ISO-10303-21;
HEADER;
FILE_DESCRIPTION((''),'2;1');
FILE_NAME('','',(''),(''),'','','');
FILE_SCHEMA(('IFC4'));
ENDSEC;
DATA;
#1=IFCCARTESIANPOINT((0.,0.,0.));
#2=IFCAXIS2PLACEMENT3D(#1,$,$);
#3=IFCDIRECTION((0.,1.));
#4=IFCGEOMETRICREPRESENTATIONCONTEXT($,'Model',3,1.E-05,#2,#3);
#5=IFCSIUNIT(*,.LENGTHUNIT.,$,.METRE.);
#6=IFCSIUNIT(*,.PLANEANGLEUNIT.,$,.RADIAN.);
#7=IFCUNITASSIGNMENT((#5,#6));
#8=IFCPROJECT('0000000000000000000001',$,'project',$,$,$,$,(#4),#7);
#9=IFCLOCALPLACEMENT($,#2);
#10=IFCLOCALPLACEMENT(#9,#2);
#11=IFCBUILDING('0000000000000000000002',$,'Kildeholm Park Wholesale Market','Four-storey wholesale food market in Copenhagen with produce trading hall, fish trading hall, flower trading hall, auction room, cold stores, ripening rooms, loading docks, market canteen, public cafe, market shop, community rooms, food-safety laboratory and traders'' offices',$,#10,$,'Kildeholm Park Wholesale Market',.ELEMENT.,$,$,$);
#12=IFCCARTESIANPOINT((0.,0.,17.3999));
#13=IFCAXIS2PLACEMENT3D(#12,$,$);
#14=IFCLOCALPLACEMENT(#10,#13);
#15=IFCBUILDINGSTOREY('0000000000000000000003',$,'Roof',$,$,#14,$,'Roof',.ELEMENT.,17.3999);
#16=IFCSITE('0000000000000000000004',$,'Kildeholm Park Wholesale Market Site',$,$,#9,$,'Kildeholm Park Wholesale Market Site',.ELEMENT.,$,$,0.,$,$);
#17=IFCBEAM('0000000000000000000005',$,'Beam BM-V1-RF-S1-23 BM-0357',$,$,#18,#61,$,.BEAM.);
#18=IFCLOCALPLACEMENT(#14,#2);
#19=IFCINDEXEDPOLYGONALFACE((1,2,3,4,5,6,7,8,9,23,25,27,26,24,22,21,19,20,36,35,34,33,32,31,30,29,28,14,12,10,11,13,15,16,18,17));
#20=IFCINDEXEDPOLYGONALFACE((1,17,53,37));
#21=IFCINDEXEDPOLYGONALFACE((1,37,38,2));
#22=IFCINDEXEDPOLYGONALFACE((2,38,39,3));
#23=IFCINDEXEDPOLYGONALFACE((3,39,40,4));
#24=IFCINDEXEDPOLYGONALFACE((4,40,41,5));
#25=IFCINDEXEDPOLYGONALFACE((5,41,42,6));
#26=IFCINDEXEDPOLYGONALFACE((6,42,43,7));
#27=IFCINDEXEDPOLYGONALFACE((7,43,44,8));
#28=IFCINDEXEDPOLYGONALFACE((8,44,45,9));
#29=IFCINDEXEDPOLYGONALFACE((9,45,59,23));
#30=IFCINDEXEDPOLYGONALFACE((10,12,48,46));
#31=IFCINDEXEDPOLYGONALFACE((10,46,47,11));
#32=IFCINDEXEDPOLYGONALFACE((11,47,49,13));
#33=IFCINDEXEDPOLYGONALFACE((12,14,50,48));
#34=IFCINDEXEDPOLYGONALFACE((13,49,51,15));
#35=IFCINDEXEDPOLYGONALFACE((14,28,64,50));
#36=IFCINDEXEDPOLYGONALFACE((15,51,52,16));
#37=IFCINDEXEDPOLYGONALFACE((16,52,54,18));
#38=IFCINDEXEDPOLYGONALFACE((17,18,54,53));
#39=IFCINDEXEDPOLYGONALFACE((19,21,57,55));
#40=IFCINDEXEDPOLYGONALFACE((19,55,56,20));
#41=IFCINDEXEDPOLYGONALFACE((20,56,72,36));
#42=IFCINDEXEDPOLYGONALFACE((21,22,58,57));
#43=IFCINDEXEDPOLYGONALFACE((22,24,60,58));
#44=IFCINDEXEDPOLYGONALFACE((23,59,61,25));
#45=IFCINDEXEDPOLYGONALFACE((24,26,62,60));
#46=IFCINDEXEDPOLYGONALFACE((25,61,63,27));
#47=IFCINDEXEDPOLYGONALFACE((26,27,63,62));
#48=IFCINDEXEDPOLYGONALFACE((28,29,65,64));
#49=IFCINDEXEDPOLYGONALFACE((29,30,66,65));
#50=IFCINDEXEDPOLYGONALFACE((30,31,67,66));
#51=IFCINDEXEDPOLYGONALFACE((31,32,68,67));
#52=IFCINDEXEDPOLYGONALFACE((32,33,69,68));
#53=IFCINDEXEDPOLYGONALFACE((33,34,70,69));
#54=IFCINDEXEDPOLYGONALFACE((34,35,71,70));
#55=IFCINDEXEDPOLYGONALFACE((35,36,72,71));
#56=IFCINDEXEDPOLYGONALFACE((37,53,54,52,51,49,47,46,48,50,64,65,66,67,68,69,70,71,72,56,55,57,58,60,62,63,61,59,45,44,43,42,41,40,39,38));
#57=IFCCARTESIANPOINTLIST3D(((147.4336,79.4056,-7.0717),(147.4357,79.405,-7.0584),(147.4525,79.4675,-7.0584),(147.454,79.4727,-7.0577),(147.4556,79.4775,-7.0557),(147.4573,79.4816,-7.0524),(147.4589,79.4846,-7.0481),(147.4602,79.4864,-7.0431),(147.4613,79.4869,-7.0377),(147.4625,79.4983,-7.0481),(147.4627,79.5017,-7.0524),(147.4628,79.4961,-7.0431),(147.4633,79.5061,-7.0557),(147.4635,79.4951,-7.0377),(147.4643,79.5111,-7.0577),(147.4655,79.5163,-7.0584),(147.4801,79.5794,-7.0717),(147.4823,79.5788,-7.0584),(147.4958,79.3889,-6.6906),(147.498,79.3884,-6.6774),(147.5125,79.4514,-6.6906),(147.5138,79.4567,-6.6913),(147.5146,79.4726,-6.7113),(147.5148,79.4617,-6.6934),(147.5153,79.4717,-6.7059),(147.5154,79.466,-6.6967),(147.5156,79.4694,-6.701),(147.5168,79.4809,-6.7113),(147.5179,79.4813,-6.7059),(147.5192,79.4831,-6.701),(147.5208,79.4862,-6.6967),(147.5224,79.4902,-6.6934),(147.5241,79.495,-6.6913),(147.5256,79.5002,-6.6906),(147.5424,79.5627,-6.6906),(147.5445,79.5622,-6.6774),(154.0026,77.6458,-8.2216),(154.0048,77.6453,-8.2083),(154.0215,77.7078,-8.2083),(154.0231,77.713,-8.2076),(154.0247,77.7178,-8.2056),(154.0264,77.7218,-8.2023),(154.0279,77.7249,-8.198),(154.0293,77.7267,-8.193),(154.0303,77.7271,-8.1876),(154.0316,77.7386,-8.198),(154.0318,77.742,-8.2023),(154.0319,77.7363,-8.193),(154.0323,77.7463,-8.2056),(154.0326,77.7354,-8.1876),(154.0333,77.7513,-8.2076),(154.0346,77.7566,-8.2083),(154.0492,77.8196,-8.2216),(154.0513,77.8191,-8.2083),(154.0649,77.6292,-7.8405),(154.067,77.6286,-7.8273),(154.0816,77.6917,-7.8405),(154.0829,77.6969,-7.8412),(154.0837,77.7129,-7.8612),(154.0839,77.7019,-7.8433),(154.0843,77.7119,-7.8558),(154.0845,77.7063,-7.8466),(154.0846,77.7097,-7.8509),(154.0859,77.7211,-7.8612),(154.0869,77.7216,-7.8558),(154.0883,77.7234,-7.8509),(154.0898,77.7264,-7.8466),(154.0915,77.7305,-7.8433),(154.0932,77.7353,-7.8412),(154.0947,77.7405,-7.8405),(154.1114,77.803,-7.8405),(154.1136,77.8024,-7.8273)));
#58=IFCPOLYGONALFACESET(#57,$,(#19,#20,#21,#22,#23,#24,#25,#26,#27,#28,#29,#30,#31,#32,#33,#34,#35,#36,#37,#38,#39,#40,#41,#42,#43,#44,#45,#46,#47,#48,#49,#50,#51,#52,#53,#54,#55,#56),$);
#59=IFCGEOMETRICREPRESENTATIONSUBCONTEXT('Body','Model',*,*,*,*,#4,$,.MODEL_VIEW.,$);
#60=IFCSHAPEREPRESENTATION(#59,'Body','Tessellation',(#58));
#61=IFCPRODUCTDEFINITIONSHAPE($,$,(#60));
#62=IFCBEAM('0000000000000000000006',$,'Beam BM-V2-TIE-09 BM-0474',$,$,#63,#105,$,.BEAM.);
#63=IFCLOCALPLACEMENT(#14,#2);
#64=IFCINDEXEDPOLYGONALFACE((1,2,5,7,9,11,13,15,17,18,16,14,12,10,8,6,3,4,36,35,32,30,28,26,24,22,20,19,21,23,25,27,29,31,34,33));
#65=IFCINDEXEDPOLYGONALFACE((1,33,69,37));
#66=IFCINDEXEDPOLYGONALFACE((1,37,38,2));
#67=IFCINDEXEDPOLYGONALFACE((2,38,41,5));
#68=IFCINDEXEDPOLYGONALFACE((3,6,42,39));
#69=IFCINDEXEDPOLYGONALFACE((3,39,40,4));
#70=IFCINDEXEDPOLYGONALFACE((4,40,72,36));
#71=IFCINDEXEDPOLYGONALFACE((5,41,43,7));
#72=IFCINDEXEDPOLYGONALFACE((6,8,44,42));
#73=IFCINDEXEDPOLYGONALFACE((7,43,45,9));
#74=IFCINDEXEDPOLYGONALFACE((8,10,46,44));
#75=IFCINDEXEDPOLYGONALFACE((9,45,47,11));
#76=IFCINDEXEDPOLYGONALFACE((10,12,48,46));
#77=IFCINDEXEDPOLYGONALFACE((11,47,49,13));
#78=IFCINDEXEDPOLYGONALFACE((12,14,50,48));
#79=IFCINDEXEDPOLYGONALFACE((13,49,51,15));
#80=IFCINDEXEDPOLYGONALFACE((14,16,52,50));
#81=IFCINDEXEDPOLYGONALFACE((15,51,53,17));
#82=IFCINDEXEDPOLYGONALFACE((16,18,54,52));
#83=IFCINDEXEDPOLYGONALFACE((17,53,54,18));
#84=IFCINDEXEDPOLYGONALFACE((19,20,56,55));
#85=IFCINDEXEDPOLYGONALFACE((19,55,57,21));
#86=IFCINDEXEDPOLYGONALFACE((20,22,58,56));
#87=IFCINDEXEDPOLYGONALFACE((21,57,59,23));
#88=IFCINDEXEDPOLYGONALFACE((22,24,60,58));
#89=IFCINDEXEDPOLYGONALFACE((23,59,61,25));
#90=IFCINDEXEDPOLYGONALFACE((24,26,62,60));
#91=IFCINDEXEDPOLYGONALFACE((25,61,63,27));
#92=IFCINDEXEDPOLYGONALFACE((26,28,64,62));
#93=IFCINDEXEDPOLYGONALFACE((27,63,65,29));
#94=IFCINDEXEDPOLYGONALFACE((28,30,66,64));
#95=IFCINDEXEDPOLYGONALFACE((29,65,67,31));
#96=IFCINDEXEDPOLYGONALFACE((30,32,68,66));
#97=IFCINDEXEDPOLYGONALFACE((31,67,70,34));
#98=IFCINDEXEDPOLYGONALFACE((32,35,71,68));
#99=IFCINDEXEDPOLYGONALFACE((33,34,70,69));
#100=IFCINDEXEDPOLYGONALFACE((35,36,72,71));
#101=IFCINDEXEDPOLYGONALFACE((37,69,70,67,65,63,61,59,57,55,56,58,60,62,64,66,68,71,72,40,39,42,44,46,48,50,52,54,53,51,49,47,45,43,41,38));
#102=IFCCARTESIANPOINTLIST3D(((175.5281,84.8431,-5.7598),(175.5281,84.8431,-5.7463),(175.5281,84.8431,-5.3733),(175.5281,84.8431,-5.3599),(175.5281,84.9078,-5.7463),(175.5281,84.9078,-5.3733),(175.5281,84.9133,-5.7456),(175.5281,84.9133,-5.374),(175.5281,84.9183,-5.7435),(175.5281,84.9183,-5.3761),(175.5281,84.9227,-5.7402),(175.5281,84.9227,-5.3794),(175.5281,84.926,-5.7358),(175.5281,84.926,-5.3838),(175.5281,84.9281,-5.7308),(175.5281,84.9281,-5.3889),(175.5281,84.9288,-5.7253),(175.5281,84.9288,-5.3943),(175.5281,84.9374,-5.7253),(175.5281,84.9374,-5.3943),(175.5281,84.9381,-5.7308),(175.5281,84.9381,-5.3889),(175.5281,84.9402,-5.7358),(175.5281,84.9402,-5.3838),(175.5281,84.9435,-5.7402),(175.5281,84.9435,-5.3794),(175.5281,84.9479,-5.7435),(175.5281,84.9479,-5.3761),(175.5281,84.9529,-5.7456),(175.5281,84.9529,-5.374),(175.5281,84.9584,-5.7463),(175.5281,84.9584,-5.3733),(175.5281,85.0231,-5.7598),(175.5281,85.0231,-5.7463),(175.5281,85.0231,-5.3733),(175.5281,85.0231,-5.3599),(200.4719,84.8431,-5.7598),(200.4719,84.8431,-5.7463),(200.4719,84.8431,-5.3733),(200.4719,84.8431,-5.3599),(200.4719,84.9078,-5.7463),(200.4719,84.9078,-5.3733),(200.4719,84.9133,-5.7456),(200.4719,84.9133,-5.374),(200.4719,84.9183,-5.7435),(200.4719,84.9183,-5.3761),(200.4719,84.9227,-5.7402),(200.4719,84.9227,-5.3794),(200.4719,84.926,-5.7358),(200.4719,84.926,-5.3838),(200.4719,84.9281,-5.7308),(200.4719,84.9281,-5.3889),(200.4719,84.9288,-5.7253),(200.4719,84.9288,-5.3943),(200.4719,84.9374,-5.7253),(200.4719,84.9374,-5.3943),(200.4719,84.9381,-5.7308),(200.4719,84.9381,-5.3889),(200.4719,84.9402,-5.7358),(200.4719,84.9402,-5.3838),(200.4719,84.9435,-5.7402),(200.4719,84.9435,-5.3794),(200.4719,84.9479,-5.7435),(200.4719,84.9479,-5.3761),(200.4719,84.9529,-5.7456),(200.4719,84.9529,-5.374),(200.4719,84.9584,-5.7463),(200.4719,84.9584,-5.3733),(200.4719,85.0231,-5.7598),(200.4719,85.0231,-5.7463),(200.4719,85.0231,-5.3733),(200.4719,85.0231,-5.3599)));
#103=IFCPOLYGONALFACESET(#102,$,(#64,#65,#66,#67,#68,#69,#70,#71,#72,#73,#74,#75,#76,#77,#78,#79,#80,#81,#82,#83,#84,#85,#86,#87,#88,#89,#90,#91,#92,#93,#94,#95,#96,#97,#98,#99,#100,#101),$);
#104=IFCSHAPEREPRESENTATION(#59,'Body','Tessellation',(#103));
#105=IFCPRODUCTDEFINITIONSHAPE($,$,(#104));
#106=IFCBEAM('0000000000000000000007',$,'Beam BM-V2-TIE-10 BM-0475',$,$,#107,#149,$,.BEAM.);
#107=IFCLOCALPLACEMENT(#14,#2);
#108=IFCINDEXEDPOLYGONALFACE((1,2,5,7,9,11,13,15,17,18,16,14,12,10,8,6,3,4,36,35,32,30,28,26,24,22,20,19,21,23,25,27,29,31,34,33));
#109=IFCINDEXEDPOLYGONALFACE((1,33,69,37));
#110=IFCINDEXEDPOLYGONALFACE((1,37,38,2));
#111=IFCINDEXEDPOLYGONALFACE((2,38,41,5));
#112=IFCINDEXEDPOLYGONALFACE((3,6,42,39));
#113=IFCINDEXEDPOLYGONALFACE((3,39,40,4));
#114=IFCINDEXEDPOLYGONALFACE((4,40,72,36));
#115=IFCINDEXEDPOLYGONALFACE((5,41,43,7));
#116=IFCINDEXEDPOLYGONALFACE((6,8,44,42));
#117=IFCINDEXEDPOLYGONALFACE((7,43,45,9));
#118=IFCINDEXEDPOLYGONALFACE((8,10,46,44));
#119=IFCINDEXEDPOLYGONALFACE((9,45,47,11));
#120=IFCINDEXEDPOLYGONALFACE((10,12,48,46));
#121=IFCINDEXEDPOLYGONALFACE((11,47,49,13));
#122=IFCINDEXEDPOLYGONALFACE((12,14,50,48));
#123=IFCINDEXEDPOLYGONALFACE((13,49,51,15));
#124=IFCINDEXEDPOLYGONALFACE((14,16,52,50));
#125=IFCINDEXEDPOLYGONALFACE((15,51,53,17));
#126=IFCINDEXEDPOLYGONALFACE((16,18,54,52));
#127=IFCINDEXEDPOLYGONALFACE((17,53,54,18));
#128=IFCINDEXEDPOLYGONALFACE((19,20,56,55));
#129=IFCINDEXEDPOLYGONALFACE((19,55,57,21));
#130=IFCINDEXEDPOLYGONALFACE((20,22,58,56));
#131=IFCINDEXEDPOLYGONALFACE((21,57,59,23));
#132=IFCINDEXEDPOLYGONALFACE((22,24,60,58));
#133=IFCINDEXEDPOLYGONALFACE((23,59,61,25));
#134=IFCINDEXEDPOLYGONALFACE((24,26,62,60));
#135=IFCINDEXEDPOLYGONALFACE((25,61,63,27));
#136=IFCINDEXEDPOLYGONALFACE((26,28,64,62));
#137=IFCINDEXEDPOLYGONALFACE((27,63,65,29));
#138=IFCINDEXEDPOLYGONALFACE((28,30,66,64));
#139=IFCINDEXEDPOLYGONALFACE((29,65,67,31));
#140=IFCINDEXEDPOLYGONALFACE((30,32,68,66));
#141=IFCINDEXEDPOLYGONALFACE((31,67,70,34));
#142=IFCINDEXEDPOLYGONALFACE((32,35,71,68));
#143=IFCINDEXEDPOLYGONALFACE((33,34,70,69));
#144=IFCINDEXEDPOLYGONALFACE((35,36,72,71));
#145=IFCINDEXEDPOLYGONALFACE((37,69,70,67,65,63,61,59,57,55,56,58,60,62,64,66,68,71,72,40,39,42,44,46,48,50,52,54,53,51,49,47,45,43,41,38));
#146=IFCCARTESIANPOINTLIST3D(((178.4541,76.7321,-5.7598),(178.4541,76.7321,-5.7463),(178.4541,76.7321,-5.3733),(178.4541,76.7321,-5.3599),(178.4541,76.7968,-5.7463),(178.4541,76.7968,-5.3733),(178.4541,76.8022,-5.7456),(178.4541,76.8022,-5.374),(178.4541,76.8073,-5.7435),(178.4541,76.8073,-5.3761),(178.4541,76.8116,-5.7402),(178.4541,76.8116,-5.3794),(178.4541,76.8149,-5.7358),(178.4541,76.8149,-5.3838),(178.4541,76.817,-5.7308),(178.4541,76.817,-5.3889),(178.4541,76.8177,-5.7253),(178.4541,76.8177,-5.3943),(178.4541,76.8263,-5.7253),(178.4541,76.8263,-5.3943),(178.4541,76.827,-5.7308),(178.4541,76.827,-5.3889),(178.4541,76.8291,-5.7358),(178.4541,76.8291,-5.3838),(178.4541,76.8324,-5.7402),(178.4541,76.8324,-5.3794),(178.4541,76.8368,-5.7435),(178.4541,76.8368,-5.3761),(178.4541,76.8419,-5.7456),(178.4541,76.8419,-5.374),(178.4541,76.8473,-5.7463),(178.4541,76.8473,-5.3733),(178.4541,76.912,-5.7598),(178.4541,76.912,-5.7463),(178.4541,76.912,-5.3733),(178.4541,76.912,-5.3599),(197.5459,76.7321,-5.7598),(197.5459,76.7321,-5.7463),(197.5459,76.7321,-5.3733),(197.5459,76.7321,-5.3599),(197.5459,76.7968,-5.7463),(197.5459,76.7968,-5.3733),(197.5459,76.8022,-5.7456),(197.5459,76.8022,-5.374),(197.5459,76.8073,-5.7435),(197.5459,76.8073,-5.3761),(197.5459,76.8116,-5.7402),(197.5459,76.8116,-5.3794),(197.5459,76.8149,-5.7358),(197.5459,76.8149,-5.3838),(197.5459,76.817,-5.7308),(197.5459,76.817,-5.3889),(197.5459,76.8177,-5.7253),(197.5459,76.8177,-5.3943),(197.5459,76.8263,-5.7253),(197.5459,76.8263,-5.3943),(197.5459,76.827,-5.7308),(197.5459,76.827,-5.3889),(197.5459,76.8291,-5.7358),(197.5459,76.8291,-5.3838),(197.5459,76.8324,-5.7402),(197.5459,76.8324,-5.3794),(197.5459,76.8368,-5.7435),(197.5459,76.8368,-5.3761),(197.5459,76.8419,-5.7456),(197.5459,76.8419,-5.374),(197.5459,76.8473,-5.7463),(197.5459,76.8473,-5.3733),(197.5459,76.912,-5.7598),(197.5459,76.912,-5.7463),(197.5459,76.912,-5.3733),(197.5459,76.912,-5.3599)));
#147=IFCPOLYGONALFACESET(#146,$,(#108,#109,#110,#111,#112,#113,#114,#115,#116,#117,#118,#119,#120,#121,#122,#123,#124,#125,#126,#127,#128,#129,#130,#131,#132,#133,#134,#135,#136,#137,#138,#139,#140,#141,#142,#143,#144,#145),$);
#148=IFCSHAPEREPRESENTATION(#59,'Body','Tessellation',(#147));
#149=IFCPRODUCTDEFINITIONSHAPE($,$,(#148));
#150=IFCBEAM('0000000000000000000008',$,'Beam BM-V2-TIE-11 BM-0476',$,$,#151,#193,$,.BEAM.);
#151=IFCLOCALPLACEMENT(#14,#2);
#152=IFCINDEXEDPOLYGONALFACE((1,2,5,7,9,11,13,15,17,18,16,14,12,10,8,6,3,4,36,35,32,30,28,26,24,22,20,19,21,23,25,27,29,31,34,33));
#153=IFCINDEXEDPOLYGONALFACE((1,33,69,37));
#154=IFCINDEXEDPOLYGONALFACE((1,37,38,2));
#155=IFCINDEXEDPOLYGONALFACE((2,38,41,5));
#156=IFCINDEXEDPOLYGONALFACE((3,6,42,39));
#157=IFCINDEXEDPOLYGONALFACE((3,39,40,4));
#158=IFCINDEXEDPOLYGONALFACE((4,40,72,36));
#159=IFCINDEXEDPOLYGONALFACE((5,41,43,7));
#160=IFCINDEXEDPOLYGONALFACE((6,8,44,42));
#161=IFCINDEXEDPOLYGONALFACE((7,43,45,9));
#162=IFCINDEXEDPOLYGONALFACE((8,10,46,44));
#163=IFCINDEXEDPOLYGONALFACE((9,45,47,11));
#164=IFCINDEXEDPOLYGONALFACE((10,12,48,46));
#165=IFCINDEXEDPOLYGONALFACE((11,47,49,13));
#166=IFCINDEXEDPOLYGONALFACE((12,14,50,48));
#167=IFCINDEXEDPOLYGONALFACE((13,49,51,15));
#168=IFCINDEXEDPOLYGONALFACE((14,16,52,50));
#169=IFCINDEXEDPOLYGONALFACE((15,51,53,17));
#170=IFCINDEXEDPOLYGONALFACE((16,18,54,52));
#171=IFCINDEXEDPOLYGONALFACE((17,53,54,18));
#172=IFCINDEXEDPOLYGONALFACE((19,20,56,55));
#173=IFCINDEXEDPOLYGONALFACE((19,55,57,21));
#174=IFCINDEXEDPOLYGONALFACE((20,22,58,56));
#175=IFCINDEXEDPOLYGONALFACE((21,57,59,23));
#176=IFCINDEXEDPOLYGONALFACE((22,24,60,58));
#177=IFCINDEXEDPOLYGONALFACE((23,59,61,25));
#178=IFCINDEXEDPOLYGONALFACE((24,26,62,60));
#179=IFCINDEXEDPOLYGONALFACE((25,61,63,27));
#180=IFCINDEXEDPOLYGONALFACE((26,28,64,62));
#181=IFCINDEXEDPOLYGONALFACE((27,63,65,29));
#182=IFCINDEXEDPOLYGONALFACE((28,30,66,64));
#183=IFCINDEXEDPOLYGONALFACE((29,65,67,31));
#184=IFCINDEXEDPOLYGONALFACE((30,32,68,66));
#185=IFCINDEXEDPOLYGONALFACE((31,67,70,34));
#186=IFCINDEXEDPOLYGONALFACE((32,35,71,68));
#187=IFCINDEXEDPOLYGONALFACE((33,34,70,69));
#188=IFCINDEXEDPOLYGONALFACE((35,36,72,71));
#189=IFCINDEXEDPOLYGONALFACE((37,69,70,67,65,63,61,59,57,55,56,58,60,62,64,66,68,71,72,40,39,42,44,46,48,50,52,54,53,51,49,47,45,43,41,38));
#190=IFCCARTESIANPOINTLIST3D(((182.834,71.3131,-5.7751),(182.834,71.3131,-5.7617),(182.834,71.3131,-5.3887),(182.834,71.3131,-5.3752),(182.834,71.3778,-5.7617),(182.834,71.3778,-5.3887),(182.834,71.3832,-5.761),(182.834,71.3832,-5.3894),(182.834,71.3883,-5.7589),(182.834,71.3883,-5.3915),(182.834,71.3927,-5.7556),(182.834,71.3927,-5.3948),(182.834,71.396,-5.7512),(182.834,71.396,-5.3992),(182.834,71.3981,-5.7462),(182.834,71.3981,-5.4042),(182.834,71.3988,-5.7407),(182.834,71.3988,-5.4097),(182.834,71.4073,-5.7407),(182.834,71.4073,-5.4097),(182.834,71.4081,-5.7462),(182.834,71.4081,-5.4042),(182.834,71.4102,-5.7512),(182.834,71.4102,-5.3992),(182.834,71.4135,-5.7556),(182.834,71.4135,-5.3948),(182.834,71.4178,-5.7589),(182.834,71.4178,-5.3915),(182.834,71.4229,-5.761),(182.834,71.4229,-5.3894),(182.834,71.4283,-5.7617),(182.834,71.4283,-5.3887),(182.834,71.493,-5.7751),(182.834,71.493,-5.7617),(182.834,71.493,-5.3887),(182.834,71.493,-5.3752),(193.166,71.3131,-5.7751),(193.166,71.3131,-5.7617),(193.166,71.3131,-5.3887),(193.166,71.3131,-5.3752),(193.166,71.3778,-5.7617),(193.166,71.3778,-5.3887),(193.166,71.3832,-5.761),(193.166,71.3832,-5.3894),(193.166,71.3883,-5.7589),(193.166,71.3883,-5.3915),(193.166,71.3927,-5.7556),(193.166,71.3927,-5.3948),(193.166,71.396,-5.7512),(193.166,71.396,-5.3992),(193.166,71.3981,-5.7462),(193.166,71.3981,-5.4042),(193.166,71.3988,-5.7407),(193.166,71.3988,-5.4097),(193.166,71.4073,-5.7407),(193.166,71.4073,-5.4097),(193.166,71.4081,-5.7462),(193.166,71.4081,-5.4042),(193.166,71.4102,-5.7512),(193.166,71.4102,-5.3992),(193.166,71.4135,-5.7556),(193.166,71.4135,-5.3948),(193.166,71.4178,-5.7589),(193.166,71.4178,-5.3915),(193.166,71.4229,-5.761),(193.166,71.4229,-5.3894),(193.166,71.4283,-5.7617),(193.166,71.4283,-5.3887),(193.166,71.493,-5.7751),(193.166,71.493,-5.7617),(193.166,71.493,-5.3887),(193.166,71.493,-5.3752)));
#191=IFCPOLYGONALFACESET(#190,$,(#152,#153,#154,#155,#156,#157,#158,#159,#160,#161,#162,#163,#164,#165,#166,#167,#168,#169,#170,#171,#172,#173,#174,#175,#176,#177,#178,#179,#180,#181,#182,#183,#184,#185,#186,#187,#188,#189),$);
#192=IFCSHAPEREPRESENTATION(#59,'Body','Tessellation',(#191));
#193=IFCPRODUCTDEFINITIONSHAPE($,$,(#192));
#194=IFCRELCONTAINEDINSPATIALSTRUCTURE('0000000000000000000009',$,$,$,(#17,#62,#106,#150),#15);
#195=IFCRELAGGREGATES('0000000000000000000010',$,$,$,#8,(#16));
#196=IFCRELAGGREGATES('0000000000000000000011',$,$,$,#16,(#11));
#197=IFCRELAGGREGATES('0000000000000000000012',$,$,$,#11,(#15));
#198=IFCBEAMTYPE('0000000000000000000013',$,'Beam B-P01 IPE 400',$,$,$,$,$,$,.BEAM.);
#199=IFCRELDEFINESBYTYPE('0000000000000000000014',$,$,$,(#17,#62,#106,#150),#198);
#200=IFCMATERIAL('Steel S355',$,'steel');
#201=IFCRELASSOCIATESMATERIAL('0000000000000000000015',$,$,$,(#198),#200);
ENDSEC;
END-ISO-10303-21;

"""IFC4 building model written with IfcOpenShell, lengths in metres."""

from ifc_helpers import new_model, si_unit, direction, frame, origin, origin_2d, place, context, subcontext, project, spatial, i_section, extrude, material, material_profile, profile_set, type_object, element, save


model = new_model("IFC4")

# Units and contexts
model_context = context("Model", 3, precision=1e-05, world=origin(), true_north=direction((0.0, 1.0)))
body_context = subcontext(model_context, "Body", "Model", "MODEL_VIEW")
ifc_project = project(units=[si_unit("LENGTHUNIT", "METRE"), si_unit("PLANEANGLEUNIT", "RADIAN")], contexts=[model_context])

# Site, building, storey
site_placement = place(None, origin())
site = spatial("IfcSite", under=ifc_project, at=site_placement, Name="Kildeholm Park Wholesale Market Site", LongName="Kildeholm Park Wholesale Market Site", CompositionType="ELEMENT", RefElevation=0.0)
building_placement = place(site_placement, origin())
building = spatial("IfcBuilding", under=site, at=building_placement, Name="Kildeholm Park Wholesale Market", Description="Four-storey wholesale food market in Copenhagen with produce trading hall, fish trading hall, flower trading hall, auction room, cold stores, ripening rooms, loading docks, market canteen, public cafe, market shop, community rooms, food-safety laboratory and traders' offices", LongName="Kildeholm Park Wholesale Market", CompositionType="ELEMENT")
storey_placement = place(building_placement, frame((0.0, 0.0, 17.3999)))
storey = spatial("IfcBuildingStorey", under=building, at=storey_placement, Name="Roof", LongName="Roof", CompositionType="ELEMENT", Elevation=17.3999)

# Beams
ifc_material_1 = material(Name="Steel S355", Category="steel")
ifc_material_profile_1 = material_profile(ifc_material_1, i_section(OverallWidth=0.1799, OverallDepth=0.3999, WebThickness=0.0085, FlangeThickness=0.0134, FilletRadius=0.021, at=origin_2d()), Name="IPE 400")
ifc_profile_set_1 = profile_set([ifc_material_profile_1], Name="Steel S355")
beam_type_1 = type_object("IfcBeamType", Name="Beam B-P01 IPE 400", PredefinedType="BEAM", material=ifc_profile_set_1)
beam_1_placement = place(storey_placement, frame((154.0581, 77.7241, -8.0244), z_axis=(-0.952422, 0.25514, 0.166719), x_axis=(-0.258762, -0.965941, 0.0)))
element("IfcBeam", 1, at=beam_1_placement, inside=storey, type_object=beam_type_1, Name="Beam BM-V1-RF-S1-23 BM-0357", PredefinedType="BEAM", context=body_context, shape_type="SweptSolid", body=[
    extrude(i_section(OverallWidth=0.1799, OverallDepth=0.3999, WebThickness=0.0085, FlangeThickness=0.0134, FilletRadius=0.021, at=origin_2d()), origin(), (0.0, 0.0, 1.0), 6.8972),
])
beam_2_placement = place(storey_placement, frame((175.5281, 84.9331, -5.5598), z_axis=(1.0, 0.0, 0.0), x_axis=(0.0, 1.0, 0.0)))
element("IfcBeam", 2, at=beam_2_placement, inside=storey, type_object=beam_type_1, Name="Beam BM-V2-TIE-09 BM-0474", PredefinedType="BEAM", context=body_context, shape_type="SweptSolid", body=[
    extrude(i_section(OverallWidth=0.1799, OverallDepth=0.3999, WebThickness=0.0085, FlangeThickness=0.0134, FilletRadius=0.021, at=origin_2d()), origin(), (0.0, 0.0, 1.0), 24.9438),
])
beam_3_placement = place(storey_placement, frame((178.4541, 76.822, -5.5598), z_axis=(1.0, 0.0, 0.0), x_axis=(0.0, 1.0, 0.0)))
element("IfcBeam", 3, at=beam_3_placement, inside=storey, type_object=beam_type_1, Name="Beam BM-V2-TIE-10 BM-0475", PredefinedType="BEAM", context=body_context, shape_type="SweptSolid", body=[
    extrude(i_section(OverallWidth=0.1799, OverallDepth=0.3999, WebThickness=0.0085, FlangeThickness=0.0134, FilletRadius=0.021, at=origin_2d()), origin(), (0.0, 0.0, 1.0), 19.0918),
])
beam_4_placement = place(storey_placement, frame((182.834, 71.4031, -5.5752), z_axis=(1.0, 0.0, 0.0), x_axis=(0.0, 1.0, 0.0)))
element("IfcBeam", 4, at=beam_4_placement, inside=storey, type_object=beam_type_1, Name="Beam BM-V2-TIE-11 BM-0476", PredefinedType="BEAM", context=body_context, shape_type="SweptSolid", body=[
    extrude(i_section(OverallWidth=0.1799, OverallDepth=0.3999, WebThickness=0.0085, FlangeThickness=0.0134, FilletRadius=0.021, at=origin_2d()), origin(), (0.0, 0.0, 1.0), 10.332),
])

save(model, "model.ifc")
